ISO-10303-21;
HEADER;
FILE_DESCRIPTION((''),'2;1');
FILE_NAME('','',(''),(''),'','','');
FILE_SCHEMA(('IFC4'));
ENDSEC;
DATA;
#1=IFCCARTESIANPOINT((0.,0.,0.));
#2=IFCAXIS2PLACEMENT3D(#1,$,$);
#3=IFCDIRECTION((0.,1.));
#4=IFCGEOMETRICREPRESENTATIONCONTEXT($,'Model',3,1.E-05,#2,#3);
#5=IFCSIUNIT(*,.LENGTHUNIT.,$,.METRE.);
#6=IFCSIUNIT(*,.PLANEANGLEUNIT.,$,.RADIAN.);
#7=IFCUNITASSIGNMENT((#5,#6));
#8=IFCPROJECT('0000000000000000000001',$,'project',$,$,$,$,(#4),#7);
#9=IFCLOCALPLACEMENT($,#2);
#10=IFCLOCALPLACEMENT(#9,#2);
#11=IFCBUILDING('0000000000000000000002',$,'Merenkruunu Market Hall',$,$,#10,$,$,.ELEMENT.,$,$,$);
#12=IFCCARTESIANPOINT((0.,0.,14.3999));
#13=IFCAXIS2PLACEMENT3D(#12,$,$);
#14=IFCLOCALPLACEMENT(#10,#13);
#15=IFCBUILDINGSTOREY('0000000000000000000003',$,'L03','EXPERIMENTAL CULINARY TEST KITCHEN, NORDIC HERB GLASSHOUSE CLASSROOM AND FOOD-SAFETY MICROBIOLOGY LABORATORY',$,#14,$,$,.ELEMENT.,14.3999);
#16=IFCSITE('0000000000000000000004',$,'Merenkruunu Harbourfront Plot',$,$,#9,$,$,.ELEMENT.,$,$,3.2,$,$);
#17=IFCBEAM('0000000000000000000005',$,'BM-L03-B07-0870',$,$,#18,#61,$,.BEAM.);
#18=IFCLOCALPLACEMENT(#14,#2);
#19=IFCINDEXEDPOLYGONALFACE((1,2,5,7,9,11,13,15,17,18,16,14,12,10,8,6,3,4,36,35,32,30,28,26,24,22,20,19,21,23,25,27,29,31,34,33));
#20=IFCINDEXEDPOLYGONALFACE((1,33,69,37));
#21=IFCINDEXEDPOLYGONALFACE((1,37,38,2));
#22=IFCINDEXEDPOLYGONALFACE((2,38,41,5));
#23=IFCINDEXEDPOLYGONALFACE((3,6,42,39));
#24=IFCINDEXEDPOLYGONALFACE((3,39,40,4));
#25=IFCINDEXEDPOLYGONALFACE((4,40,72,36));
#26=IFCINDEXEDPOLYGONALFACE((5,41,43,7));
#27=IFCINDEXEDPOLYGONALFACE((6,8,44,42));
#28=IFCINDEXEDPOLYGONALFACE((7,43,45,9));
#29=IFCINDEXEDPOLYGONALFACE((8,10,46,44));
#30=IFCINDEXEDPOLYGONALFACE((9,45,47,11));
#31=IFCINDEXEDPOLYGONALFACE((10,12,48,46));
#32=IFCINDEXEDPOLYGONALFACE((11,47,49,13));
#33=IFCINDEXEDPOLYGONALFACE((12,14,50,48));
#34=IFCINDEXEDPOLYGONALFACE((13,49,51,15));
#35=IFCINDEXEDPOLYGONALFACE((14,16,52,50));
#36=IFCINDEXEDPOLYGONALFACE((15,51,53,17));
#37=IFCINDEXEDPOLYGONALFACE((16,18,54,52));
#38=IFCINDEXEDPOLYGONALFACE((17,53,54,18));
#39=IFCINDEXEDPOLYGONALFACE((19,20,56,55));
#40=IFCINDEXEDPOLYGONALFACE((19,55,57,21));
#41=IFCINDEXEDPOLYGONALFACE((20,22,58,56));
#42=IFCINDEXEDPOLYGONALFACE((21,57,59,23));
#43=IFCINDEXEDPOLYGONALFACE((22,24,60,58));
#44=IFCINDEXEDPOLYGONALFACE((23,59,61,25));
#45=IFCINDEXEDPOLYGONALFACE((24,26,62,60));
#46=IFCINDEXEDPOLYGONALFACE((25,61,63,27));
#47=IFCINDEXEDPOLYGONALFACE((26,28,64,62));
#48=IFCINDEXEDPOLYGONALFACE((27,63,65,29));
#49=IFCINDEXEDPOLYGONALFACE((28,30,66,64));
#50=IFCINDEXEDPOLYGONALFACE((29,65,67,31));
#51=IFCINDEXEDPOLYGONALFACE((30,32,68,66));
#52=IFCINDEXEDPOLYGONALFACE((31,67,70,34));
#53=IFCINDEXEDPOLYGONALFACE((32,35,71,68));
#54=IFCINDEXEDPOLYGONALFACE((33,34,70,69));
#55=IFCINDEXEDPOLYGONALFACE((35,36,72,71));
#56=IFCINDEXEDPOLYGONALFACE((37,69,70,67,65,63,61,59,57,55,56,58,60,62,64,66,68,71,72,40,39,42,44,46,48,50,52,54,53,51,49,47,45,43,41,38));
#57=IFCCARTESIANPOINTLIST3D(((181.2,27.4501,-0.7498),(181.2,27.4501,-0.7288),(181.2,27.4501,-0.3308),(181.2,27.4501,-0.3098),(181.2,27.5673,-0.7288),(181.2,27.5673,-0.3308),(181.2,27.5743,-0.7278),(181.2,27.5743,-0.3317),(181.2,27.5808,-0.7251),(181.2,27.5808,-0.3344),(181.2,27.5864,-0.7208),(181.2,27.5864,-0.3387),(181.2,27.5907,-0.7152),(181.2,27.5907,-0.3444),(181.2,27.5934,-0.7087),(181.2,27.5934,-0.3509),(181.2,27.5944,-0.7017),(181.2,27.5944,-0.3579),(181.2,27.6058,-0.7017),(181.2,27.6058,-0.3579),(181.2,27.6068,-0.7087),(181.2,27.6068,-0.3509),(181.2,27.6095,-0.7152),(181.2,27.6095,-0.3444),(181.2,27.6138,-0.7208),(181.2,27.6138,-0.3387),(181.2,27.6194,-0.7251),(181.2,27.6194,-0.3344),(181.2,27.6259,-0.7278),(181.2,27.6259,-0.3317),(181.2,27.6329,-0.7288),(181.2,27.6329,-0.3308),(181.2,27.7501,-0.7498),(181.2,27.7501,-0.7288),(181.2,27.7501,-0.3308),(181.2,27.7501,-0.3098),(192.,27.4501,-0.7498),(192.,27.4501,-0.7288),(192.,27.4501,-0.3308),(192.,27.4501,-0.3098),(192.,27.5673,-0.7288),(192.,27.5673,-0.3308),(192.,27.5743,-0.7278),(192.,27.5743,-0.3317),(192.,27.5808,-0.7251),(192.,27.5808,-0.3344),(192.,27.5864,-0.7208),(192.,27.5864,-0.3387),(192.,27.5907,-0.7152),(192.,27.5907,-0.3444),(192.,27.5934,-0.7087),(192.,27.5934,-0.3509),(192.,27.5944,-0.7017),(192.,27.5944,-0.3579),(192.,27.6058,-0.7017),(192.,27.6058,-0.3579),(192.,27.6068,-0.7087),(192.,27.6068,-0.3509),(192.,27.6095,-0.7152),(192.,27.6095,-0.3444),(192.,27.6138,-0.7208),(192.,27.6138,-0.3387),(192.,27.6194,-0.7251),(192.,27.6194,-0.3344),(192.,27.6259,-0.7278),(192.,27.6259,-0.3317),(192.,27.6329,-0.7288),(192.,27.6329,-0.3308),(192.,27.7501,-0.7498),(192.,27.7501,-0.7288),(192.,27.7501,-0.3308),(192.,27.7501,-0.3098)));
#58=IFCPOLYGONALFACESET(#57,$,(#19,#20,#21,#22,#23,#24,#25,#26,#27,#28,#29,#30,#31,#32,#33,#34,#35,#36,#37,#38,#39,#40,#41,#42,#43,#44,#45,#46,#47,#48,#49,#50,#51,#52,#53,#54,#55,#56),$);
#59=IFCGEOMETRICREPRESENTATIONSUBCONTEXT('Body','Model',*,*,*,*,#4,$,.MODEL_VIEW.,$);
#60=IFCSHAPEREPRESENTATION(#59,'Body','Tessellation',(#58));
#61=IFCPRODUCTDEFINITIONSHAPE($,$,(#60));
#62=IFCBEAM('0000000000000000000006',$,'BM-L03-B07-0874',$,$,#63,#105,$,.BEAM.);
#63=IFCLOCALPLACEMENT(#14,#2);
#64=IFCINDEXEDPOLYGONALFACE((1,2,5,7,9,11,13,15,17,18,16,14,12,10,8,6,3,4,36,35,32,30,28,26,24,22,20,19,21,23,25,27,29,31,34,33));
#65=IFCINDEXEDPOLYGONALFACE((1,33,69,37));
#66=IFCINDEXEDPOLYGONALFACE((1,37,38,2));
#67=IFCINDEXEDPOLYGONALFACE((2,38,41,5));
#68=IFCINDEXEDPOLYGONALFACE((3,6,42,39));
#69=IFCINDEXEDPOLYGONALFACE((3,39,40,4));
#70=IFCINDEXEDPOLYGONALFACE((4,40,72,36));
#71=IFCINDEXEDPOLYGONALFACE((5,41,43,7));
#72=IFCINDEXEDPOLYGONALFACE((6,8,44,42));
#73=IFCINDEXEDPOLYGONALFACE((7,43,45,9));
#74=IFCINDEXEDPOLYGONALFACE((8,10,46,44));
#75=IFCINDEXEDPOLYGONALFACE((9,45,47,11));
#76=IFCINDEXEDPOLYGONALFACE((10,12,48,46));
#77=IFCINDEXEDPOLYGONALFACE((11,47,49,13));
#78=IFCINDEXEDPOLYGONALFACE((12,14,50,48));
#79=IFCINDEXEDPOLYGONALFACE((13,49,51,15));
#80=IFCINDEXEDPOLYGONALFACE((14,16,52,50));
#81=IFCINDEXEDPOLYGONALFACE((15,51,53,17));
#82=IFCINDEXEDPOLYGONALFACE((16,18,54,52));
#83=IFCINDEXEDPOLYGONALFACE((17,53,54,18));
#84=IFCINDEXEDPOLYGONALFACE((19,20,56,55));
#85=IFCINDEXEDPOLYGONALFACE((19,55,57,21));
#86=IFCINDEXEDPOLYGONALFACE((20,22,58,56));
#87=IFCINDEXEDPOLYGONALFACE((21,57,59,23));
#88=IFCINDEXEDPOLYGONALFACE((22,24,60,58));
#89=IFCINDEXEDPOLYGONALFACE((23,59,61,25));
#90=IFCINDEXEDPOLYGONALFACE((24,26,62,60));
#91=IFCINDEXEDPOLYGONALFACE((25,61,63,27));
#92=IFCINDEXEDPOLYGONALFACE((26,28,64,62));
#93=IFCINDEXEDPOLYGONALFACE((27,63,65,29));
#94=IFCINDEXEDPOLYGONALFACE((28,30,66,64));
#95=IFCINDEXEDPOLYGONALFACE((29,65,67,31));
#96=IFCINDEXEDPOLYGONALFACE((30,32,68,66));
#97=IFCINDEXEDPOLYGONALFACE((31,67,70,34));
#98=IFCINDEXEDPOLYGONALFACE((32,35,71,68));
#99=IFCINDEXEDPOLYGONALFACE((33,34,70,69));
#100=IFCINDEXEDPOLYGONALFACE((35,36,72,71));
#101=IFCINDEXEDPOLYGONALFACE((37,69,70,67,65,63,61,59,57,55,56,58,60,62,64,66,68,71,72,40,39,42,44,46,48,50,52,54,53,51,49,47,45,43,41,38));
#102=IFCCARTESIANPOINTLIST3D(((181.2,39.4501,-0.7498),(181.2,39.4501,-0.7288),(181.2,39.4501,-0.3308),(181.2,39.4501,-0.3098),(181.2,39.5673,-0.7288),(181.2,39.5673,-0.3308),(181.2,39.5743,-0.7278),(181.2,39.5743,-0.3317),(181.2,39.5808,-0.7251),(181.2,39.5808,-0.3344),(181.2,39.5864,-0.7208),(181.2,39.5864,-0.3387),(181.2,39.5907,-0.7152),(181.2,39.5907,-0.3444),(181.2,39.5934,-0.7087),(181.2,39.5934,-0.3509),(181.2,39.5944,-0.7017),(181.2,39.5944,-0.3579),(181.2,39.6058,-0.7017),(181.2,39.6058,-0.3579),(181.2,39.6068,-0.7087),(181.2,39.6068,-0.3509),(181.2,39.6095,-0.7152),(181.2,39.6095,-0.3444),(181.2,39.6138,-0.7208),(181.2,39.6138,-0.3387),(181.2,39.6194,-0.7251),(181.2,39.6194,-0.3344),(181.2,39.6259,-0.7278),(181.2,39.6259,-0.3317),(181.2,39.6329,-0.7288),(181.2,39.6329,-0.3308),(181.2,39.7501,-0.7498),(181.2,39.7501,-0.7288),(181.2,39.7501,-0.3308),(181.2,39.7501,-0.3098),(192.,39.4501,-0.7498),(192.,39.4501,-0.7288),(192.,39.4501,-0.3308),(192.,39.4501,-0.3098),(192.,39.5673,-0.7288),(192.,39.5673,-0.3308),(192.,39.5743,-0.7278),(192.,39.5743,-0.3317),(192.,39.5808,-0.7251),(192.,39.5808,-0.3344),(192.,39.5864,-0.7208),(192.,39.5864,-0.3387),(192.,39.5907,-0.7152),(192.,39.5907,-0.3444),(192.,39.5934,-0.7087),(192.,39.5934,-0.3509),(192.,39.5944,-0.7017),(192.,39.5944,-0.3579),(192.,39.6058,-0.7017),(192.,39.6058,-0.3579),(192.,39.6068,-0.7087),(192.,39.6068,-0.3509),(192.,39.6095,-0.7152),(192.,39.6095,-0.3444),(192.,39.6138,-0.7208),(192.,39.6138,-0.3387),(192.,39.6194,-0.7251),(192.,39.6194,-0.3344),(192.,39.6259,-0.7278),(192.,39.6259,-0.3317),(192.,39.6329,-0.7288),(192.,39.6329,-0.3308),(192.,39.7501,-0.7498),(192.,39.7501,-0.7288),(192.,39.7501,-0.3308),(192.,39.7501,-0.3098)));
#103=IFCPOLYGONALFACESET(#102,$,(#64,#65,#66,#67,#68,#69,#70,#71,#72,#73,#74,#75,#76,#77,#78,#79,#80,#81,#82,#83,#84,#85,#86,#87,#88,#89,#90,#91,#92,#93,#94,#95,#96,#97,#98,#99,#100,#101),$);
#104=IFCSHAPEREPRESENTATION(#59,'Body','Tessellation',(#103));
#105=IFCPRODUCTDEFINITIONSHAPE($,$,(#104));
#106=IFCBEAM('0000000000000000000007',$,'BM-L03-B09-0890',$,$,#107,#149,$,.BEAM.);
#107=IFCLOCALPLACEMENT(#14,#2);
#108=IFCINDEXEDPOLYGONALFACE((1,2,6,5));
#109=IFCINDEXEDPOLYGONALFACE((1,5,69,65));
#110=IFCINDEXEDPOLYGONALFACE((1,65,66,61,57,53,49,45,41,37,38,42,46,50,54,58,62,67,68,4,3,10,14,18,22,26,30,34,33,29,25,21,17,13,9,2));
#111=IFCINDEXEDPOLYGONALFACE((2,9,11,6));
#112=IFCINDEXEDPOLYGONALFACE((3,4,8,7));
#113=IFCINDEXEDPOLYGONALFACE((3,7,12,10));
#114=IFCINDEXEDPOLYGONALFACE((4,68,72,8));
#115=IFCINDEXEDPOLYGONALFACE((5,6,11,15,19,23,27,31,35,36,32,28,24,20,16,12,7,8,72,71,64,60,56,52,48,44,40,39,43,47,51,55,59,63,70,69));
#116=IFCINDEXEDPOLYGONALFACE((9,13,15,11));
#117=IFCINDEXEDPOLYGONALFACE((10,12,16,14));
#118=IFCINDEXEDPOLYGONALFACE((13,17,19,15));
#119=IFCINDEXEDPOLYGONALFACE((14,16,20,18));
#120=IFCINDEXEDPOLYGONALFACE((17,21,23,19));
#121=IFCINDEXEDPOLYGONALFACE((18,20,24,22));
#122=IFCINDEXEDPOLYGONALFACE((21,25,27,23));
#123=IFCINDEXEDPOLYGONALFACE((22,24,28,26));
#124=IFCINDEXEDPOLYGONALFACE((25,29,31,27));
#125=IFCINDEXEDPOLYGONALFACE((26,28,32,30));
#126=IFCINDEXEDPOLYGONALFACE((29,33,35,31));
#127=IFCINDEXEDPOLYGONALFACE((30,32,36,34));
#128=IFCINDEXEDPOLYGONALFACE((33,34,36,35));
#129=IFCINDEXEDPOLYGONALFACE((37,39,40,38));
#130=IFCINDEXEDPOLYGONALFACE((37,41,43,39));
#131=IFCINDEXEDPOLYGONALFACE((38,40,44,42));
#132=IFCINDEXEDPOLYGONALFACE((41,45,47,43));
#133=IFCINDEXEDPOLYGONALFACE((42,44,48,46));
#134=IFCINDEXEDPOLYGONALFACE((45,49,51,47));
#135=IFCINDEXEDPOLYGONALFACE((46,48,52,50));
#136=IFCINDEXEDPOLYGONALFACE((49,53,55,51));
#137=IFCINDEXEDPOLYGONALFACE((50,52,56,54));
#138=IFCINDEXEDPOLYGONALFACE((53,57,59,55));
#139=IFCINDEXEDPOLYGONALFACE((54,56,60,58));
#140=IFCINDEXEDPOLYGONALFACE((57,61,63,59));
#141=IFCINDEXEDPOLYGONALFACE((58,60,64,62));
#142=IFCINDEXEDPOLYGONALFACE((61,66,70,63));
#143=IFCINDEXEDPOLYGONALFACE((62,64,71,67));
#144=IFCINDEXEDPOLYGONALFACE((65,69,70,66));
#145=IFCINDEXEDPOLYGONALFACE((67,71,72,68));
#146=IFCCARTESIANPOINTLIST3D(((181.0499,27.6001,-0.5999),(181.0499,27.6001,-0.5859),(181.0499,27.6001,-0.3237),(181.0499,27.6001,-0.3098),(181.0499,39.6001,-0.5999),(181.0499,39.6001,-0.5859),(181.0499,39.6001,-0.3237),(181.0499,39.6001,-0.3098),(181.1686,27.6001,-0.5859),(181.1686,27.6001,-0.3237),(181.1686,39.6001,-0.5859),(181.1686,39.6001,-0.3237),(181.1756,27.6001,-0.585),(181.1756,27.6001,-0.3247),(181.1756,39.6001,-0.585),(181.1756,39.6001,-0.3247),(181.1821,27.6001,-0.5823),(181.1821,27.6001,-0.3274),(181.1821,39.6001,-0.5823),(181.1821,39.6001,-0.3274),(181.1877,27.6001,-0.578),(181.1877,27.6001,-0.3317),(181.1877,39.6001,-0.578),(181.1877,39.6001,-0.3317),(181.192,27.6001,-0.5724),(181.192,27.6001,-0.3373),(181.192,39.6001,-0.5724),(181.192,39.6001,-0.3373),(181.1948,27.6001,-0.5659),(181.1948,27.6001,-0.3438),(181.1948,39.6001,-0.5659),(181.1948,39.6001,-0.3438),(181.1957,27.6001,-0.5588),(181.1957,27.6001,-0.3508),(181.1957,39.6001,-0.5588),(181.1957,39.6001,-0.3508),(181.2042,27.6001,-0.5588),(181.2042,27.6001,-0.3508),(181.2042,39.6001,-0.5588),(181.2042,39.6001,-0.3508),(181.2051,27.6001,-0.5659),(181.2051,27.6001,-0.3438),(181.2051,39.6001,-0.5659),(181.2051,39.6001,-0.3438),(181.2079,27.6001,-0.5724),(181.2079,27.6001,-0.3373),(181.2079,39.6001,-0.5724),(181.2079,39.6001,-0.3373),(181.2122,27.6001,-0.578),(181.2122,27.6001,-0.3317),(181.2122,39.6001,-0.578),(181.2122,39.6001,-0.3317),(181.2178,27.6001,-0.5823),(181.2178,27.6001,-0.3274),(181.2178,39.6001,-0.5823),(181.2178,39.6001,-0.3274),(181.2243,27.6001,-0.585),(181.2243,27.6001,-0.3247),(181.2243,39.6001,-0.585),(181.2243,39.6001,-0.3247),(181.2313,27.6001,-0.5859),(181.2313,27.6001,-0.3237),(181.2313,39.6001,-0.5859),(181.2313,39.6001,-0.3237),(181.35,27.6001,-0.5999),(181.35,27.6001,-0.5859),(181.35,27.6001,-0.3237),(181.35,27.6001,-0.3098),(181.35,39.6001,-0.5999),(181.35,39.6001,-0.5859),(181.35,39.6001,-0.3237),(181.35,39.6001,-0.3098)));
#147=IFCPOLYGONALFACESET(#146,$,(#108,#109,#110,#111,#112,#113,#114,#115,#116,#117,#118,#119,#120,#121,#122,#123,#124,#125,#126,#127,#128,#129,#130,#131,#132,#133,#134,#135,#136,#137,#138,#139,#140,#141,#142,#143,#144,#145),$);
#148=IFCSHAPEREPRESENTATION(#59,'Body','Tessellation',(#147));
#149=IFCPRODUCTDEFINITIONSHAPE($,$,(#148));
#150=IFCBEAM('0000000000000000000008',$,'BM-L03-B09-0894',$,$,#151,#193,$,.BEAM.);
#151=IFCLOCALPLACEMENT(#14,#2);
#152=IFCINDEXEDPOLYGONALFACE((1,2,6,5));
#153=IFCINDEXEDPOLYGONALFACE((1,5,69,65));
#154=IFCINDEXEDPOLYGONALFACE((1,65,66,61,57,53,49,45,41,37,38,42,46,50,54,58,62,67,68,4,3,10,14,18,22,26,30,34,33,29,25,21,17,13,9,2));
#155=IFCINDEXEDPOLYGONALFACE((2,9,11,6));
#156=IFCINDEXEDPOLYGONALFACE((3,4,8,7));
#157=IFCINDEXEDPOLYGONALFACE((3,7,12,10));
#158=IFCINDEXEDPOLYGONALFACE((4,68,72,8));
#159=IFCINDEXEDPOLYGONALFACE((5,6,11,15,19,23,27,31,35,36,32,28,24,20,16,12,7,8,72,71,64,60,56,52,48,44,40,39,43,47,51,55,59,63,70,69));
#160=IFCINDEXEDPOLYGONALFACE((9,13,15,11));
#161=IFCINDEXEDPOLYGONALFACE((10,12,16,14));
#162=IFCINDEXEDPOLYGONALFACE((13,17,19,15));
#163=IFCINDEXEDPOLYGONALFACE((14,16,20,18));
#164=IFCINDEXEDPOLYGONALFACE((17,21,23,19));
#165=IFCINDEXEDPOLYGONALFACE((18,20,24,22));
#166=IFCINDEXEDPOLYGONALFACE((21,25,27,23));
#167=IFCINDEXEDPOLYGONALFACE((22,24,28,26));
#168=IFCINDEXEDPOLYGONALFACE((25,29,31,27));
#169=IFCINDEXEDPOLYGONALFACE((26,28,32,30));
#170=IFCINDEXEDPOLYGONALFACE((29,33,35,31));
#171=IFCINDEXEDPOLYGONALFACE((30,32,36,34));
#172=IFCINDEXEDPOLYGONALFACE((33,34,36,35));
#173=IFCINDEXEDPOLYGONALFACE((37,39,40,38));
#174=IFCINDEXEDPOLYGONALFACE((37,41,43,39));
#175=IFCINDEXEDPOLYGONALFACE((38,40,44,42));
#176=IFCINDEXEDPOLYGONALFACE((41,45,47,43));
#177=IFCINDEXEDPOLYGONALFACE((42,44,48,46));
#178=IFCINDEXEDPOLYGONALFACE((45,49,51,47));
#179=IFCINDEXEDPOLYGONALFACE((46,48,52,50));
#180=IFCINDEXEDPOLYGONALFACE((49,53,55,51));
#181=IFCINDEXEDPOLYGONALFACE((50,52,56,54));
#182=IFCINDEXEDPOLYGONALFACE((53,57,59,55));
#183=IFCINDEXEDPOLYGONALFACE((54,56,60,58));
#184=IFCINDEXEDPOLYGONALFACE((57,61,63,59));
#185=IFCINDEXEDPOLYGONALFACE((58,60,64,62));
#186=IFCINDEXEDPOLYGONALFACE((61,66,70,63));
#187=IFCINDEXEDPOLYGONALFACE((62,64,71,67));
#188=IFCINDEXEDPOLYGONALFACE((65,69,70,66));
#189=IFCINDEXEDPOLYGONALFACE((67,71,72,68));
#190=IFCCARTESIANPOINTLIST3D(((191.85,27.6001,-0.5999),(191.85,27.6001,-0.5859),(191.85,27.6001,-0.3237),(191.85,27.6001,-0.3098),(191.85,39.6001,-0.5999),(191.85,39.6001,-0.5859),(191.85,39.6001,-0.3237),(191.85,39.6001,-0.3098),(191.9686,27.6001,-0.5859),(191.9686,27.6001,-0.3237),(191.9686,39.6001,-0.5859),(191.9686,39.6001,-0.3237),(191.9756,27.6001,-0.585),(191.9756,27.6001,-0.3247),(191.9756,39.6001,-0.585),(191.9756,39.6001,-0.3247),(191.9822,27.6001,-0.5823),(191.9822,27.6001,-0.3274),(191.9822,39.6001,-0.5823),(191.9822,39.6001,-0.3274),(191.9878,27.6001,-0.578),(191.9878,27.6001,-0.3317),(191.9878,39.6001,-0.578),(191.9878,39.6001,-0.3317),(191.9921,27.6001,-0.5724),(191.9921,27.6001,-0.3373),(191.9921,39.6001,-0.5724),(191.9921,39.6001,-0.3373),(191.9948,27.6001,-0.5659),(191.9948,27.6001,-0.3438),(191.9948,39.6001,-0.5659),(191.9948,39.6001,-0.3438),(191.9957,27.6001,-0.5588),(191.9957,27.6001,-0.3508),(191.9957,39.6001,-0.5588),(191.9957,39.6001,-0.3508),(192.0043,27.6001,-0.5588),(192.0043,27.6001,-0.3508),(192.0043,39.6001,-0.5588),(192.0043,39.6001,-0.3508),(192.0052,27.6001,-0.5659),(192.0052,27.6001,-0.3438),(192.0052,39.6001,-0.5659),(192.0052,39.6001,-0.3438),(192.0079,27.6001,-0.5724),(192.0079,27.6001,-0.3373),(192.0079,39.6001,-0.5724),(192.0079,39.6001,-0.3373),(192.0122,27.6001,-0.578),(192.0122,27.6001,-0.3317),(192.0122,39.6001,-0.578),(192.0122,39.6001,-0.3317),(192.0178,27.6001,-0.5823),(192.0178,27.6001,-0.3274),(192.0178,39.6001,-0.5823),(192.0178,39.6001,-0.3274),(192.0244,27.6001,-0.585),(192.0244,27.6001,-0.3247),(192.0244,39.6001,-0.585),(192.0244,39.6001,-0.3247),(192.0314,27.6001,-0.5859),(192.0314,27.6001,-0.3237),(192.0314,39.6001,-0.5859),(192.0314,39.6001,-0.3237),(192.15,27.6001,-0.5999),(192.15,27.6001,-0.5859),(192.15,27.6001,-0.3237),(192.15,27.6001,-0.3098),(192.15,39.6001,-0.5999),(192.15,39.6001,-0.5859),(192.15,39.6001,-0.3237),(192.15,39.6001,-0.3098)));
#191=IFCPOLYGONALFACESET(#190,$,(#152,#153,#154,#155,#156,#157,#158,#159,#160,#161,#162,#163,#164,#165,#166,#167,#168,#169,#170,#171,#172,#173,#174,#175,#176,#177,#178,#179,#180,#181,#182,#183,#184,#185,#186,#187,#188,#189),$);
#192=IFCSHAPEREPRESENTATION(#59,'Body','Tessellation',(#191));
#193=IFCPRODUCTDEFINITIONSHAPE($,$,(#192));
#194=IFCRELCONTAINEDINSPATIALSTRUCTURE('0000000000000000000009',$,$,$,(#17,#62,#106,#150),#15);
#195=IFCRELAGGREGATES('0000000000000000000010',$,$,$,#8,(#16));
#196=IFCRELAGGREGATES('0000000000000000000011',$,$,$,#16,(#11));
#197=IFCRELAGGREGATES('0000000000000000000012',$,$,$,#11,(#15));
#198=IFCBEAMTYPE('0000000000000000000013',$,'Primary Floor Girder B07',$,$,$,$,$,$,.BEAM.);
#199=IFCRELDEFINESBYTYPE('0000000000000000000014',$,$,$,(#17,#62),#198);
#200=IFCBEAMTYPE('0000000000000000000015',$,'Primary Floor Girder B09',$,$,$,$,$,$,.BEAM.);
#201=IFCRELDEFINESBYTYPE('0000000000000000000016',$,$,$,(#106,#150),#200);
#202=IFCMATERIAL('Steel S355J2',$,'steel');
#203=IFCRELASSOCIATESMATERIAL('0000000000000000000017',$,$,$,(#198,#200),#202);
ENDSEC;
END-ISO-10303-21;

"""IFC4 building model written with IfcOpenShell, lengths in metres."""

from ifc_helpers import new_model, si_unit, direction, frame, origin, origin_2d, place, context, subcontext, project, spatial, i_section, extrude, material, material_profile, profile_set, type_object, element, save


model = new_model("IFC4")

# Units and contexts
model_context = context("Model", 3, precision=1e-05, world=origin(), true_north=direction((0.0, 1.0)))
body_context = subcontext(model_context, "Body", "Model", "MODEL_VIEW")
ifc_project = project(units=[si_unit("LENGTHUNIT", "METRE"), si_unit("PLANEANGLEUNIT", "RADIAN")], contexts=[model_context])

# Site, building, storey
site_placement = place(None, origin())
site = spatial("IfcSite", under=ifc_project, at=site_placement, Name="Merenkruunu Harbourfront Plot", CompositionType="ELEMENT", RefElevation=3.2)
building_placement = place(site_placement, origin())
building = spatial("IfcBuilding", under=site, at=building_placement, Name="Merenkruunu Market Hall", CompositionType="ELEMENT")
storey_placement = place(building_placement, frame((0.0, 0.0, 14.3999)))
storey = spatial("IfcBuildingStorey", under=building, at=storey_placement, Name="L03", Description="EXPERIMENTAL CULINARY TEST KITCHEN, NORDIC HERB GLASSHOUSE CLASSROOM AND FOOD-SAFETY MICROBIOLOGY LABORATORY", CompositionType="ELEMENT", Elevation=14.3999)

# Shared definitions
ifc_material_1 = material(Name="Steel S355J2", Category="steel")

# Beams
ifc_material_profile_1 = material_profile(ifc_material_1, i_section(OverallWidth=0.3, OverallDepth=0.4399, WebThickness=0.0115, FlangeThickness=0.021, FilletRadius=0.0271, at=origin_2d()), Name="HEA 450")
ifc_profile_set_1 = profile_set([ifc_material_profile_1], Name="Steel S355J2")
beam_type_1 = type_object("IfcBeamType", Name="Primary Floor Girder B07", PredefinedType="BEAM", material=ifc_profile_set_1)
for number, where, z_axis, x_axis, name in (
    (1, (181.2, 27.6001, -0.5298), (1.0, 0.0, 0.0), (0.0, 1.0, 0.0), "BM-L03-B07-0870"),
    (2, (181.2, 39.6001, -0.5298), (1.0, 0.0, 0.0), (0.0, 1.0, 0.0), "BM-L03-B07-0874"),
):
    element("IfcBeam", number, at=place(storey_placement, frame(where, z_axis=z_axis, x_axis=x_axis)), inside=storey, type_object=beam_type_1, Name=name, PredefinedType="BEAM", context=body_context, shape_type="SweptSolid", body=[
        extrude(i_section(OverallWidth=0.3, OverallDepth=0.4399, WebThickness=0.0115, FlangeThickness=0.021, FilletRadius=0.0271, at=origin_2d()), origin(), (0.0, 0.0, 1.0), 10.8),
    ])
ifc_material_profile_2 = material_profile(ifc_material_1, i_section(OverallWidth=0.3, OverallDepth=0.29, WebThickness=0.0085, FlangeThickness=0.0139, FilletRadius=0.0271, at=origin_2d()), Name="HEA 300")
ifc_profile_set_2 = profile_set([ifc_material_profile_2], Name="Steel S355J2")
beam_type_2 = type_object("IfcBeamType", Name="Primary Floor Girder B09", PredefinedType="BEAM", material=ifc_profile_set_2)
for number, where, z_axis, x_axis, name in (
    (3, (181.2, 27.6001, -0.4548), (0.0, 1.0, 0.0), (-1.0, 0.0, 0.0), "BM-L03-B09-0890"),
    (4, (192.0, 27.6001, -0.4548), (0.0, 1.0, 0.0), (-1.0, 0.0, 0.0), "BM-L03-B09-0894"),
):
    element("IfcBeam", number, at=place(storey_placement, frame(where, z_axis=z_axis, x_axis=x_axis)), inside=storey, type_object=beam_type_2, Name=name, PredefinedType="BEAM", context=body_context, shape_type="SweptSolid", body=[
        extrude(i_section(OverallWidth=0.3, OverallDepth=0.29, WebThickness=0.0085, FlangeThickness=0.0139, FilletRadius=0.0271, at=origin_2d()), origin(), (0.0, 0.0, 1.0), 12.0),
    ])

save(model, "model.ifc")
